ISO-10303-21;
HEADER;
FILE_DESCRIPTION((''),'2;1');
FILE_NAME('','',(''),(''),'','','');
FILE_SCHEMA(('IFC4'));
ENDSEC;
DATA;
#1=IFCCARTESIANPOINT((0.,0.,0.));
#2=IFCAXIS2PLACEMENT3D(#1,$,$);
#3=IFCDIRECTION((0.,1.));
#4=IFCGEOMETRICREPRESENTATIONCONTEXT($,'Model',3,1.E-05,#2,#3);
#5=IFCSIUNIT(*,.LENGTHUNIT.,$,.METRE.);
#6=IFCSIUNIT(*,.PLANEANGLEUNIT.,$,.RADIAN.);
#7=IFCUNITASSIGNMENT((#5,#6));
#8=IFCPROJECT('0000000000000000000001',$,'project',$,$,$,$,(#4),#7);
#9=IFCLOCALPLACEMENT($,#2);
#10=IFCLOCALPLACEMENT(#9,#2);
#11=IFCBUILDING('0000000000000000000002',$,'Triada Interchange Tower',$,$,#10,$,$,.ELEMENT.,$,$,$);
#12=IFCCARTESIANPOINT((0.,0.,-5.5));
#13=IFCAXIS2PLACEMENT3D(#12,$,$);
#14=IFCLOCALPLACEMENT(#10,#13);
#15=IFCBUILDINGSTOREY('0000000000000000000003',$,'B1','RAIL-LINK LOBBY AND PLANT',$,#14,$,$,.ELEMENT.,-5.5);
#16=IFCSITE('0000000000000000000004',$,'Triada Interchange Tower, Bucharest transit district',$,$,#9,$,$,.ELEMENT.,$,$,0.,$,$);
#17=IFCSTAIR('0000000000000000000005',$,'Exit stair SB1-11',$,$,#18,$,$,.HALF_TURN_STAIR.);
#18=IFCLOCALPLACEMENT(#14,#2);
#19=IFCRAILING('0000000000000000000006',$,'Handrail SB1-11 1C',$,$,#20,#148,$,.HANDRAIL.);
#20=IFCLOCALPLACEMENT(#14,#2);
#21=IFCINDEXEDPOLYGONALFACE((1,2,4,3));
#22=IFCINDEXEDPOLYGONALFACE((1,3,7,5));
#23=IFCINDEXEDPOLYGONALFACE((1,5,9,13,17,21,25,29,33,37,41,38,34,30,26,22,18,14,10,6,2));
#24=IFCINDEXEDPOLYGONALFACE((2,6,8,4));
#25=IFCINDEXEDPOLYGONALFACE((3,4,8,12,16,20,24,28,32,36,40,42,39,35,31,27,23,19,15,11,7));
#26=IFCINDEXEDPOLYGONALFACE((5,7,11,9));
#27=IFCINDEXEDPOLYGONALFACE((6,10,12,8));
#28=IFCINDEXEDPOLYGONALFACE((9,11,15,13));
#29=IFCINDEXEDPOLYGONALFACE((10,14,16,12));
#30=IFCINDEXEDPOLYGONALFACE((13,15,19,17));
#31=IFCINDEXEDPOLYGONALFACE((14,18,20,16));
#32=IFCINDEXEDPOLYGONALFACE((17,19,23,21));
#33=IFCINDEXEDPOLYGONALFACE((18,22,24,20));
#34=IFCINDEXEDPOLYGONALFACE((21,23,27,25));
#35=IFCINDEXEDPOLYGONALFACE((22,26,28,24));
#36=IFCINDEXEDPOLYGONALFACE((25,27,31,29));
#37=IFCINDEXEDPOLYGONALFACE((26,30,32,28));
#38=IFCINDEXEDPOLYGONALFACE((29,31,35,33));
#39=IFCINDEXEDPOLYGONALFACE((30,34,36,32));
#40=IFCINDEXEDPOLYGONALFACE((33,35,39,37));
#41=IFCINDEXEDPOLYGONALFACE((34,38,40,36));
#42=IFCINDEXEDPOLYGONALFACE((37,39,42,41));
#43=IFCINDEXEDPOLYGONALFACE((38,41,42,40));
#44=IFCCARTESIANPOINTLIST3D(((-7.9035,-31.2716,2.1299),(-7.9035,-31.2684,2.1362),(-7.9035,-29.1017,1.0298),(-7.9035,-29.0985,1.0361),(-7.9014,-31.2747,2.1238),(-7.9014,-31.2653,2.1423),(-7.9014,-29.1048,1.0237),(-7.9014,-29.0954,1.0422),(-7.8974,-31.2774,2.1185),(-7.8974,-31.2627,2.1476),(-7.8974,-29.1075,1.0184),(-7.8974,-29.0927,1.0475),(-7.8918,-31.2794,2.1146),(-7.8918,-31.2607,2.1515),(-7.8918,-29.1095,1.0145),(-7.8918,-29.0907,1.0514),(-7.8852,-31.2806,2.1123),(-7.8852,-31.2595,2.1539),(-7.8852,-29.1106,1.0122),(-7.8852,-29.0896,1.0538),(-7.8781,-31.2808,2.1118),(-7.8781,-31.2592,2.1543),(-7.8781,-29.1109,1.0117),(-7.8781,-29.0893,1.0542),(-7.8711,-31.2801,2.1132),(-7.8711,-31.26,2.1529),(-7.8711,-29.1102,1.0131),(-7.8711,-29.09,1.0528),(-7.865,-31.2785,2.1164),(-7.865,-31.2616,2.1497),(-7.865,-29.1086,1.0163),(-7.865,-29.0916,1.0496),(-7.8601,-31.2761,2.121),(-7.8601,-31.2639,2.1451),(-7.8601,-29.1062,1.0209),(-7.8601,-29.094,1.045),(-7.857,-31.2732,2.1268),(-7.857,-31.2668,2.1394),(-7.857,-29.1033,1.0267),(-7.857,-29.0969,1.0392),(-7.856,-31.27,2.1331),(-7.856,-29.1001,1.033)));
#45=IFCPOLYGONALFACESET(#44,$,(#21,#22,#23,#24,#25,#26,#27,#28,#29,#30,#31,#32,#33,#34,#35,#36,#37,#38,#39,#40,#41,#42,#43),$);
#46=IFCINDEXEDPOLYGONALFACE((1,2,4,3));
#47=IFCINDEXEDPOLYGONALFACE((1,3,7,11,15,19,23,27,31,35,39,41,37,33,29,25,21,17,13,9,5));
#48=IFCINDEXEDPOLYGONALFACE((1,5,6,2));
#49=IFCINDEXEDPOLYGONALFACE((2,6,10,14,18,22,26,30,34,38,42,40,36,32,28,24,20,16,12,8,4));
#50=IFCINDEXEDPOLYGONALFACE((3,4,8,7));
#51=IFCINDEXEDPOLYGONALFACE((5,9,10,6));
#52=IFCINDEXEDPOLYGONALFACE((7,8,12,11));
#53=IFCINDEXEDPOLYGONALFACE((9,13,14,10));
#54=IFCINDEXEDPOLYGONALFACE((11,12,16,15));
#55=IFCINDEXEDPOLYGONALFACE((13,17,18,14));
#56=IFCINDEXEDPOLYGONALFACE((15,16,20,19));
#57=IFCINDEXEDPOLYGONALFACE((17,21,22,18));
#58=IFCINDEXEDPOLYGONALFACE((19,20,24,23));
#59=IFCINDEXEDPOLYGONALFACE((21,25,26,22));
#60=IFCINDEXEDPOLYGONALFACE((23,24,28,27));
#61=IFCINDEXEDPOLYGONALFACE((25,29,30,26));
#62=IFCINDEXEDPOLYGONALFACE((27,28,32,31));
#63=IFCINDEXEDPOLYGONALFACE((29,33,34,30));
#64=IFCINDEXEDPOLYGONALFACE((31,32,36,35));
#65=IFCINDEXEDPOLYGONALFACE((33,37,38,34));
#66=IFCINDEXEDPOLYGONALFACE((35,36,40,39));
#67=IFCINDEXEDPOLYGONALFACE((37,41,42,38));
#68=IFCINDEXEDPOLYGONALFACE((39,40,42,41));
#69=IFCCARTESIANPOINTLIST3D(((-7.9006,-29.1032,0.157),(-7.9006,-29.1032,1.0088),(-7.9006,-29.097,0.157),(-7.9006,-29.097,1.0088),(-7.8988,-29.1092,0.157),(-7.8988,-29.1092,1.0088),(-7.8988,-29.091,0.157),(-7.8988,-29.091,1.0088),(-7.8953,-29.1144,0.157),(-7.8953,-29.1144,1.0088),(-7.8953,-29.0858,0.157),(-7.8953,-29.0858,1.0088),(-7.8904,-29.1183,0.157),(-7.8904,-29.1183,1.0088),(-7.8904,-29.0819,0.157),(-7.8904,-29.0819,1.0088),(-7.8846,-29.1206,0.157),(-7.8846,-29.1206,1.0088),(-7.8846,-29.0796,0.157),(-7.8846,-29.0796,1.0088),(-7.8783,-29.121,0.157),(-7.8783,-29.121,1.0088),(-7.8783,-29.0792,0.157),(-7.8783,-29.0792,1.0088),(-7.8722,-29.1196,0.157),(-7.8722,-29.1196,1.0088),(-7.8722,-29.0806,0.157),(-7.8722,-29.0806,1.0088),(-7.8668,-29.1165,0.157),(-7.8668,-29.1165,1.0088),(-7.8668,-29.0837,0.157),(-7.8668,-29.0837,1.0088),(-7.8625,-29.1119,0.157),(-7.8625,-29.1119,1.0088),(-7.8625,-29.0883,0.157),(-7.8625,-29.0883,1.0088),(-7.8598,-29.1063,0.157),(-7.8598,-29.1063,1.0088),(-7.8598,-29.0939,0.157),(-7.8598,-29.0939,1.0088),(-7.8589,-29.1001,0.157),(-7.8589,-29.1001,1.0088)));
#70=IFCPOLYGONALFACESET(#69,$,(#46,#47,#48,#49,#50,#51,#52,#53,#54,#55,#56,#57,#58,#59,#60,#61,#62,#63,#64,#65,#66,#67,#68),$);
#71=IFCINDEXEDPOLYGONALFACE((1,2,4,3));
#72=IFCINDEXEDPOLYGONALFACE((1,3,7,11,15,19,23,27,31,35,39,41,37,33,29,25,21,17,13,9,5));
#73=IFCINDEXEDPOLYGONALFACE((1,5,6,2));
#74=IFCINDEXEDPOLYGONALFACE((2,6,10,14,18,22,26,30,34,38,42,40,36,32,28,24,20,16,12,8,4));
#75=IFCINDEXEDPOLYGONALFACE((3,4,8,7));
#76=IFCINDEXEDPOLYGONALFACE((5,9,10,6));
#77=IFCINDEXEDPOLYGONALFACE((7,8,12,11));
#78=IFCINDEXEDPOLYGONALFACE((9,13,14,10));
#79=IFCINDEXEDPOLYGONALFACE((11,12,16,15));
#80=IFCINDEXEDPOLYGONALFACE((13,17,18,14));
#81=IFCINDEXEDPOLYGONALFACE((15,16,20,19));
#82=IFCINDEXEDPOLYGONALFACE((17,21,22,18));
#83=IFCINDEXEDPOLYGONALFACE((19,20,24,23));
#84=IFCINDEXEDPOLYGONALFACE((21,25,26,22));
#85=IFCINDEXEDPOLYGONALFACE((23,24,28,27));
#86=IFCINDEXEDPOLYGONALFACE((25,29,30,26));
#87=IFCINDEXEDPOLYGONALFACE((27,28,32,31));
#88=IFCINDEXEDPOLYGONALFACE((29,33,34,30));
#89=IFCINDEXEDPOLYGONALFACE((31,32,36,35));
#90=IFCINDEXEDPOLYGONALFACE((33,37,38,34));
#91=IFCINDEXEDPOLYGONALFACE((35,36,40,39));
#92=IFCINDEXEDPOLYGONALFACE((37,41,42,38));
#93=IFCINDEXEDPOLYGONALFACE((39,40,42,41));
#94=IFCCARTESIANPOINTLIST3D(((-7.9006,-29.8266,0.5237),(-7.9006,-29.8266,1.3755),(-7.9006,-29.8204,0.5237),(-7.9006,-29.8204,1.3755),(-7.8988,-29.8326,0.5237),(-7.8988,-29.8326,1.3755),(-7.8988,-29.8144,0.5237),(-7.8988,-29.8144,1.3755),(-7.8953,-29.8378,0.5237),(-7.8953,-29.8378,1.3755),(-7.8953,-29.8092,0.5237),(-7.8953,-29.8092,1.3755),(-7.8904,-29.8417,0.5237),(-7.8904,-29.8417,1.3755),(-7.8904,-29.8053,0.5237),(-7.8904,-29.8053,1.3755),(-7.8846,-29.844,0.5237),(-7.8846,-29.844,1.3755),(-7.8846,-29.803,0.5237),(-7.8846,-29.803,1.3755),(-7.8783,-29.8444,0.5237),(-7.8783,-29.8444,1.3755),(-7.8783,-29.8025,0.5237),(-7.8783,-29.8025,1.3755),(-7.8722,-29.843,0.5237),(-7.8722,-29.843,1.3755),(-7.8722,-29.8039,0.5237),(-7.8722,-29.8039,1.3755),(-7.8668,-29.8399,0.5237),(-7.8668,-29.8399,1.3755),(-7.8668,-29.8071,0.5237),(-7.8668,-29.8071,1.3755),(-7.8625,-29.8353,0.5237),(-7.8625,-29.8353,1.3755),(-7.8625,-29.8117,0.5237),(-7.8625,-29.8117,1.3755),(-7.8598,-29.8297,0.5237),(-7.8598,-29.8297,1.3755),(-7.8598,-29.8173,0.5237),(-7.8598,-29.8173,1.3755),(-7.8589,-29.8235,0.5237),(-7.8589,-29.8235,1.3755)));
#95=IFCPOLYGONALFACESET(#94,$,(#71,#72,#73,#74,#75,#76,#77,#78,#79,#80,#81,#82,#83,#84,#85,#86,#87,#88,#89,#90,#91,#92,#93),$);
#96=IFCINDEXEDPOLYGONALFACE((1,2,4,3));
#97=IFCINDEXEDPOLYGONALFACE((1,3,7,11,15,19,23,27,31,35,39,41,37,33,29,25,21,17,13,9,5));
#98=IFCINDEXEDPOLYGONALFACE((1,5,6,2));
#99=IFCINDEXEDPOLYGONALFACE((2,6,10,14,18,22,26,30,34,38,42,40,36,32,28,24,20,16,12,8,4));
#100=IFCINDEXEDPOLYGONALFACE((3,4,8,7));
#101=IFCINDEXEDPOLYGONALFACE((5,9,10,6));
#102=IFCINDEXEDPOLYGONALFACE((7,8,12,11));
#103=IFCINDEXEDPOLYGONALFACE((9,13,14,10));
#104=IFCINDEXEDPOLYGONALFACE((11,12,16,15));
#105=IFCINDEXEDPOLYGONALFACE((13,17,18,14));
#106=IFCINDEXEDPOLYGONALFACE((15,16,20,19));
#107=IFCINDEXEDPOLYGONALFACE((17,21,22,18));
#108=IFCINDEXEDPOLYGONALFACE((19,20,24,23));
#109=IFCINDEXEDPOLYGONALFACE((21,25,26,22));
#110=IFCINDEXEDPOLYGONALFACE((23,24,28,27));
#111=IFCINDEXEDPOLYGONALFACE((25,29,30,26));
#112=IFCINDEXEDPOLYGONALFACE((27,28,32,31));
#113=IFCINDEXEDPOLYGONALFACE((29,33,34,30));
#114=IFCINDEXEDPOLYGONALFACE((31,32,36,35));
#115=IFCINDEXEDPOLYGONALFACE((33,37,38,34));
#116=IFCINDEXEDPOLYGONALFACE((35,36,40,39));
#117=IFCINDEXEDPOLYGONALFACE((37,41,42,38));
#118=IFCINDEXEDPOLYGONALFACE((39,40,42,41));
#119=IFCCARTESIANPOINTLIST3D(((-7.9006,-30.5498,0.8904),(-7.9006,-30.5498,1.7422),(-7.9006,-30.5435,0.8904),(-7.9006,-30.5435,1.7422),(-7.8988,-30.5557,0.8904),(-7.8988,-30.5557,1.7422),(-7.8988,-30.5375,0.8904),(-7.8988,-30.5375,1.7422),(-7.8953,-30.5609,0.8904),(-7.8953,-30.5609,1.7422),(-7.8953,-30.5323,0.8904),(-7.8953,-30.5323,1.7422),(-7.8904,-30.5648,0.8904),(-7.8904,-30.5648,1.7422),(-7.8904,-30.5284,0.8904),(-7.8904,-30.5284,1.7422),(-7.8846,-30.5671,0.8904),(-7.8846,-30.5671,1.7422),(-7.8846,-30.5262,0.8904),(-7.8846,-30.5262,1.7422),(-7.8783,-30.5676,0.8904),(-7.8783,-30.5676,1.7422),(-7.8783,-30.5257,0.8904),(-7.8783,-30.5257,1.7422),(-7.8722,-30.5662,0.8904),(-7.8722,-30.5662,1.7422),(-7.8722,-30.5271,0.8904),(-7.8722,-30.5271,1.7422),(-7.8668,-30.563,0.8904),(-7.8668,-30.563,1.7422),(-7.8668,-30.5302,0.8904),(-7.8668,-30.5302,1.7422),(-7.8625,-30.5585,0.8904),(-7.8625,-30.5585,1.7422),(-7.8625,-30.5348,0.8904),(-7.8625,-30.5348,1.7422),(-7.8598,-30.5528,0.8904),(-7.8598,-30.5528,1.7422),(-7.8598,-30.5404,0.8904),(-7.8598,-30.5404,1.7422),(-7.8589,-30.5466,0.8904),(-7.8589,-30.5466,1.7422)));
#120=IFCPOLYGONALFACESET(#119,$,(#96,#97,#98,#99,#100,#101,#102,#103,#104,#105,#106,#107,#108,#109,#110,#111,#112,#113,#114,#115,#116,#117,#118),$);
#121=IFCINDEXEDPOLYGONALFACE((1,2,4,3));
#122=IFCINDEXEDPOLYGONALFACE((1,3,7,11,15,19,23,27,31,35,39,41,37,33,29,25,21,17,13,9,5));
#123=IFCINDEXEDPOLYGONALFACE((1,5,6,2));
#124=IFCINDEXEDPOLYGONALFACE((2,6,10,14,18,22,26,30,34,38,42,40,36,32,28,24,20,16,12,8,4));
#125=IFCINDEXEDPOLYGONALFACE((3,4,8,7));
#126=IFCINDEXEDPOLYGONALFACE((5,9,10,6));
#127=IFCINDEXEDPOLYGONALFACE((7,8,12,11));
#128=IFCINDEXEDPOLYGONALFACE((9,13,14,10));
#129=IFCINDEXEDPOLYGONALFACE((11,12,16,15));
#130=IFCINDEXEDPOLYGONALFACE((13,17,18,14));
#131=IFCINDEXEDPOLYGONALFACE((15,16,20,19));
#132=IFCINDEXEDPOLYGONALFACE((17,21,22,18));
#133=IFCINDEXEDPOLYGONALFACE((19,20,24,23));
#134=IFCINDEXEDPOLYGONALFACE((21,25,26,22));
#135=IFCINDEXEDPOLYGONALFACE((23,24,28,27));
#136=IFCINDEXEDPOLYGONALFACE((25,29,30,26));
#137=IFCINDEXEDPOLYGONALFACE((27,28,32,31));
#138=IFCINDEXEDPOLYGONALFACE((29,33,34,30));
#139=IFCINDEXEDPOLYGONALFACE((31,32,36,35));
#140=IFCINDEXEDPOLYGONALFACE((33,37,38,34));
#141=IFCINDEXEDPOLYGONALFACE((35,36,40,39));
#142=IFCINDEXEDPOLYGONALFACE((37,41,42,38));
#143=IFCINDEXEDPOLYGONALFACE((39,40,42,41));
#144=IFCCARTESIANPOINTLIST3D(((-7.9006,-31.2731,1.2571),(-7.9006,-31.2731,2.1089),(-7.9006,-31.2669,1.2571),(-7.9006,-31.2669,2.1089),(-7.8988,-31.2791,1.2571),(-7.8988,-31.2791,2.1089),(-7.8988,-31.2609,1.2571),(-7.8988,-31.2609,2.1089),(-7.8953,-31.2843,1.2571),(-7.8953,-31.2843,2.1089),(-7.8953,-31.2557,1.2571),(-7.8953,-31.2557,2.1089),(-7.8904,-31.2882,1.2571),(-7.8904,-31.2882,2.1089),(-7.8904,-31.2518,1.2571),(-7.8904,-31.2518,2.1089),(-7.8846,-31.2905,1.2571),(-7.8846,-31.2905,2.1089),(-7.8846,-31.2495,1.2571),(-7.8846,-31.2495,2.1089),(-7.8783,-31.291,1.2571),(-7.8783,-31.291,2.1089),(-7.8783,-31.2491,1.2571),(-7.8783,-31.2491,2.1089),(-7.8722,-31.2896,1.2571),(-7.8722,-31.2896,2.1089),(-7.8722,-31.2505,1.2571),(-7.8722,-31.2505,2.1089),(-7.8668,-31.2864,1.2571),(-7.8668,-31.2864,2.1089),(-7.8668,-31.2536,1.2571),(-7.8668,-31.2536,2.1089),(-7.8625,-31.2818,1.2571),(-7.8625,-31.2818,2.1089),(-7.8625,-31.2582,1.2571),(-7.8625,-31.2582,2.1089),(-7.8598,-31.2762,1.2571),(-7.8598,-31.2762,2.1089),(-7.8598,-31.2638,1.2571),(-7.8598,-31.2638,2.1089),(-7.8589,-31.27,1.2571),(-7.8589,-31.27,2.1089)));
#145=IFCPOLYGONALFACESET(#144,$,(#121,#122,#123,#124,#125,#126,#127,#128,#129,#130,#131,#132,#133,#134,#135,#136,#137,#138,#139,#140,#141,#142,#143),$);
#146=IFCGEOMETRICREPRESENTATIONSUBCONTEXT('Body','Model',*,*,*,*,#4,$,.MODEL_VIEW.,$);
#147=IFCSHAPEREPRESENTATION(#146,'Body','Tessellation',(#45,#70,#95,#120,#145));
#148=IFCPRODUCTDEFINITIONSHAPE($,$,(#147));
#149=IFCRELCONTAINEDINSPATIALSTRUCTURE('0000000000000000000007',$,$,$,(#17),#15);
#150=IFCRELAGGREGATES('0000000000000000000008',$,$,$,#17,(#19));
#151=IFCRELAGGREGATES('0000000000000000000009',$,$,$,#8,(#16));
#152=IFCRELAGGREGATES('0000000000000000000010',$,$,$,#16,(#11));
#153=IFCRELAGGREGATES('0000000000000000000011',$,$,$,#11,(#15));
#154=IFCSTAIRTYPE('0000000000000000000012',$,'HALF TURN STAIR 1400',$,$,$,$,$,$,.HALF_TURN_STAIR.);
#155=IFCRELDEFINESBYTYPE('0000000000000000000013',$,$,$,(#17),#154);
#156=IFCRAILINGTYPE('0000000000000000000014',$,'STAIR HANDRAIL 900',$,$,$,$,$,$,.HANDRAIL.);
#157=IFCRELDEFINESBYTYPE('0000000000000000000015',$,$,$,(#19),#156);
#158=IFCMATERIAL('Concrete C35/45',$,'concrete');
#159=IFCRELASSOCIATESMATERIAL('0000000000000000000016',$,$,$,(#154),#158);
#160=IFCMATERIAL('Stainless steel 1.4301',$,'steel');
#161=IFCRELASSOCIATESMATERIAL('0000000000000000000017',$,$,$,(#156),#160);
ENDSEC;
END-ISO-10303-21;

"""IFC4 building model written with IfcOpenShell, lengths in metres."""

from ifc_helpers import new_model, si_unit, direction, frame, origin, origin_2d, place, context, subcontext, project, spatial, circle, extrude, material, type_object, element, aggregate, save


model = new_model("IFC4")

# Units and contexts
model_context = context("Model", 3, precision=1e-05, world=origin(), true_north=direction((0.0, 1.0)))
body_context = subcontext(model_context, "Body", "Model", "MODEL_VIEW")
ifc_project = project(units=[si_unit("LENGTHUNIT", "METRE"), si_unit("PLANEANGLEUNIT", "RADIAN")], contexts=[model_context])

# Site, building, storey
site_placement = place(None, origin())
site = spatial("IfcSite", under=ifc_project, at=site_placement, Name="Triada Interchange Tower, Bucharest transit district", CompositionType="ELEMENT", RefElevation=0.0)
building_placement = place(site_placement, origin())
building = spatial("IfcBuilding", under=site, at=building_placement, Name="Triada Interchange Tower", CompositionType="ELEMENT")
storey_placement = place(building_placement, frame((0.0, 0.0, -5.5)))
storey = spatial("IfcBuildingStorey", under=building, at=storey_placement, Name="B1", Description="RAIL-LINK LOBBY AND PLANT", CompositionType="ELEMENT", Elevation=-5.5)

# Shared definitions
ifc_material_1 = material(Name="Concrete C35/45", Category="concrete")

# Stair, railing
stair_type = type_object("IfcStairType", Name="HALF TURN STAIR 1400", PredefinedType="HALF_TURN_STAIR", material=ifc_material_1)
stair_placement = place(storey_placement, origin())
stair = element("IfcStair", 1, at=stair_placement, inside=storey, type_object=stair_type, Name="Exit stair SB1-11", PredefinedType="HALF_TURN_STAIR")
ifc_material_2 = material(Name="Stainless steel 1.4301", Category="steel")
railing_type_1 = type_object("IfcRailingType", Name="STAIR HANDRAIL 900", PredefinedType="HANDRAIL", material=ifc_material_2)
railing_1_placement = place(storey_placement, frame((-7.8799, -29.1001, 0.157)))
railing_1 = element("IfcRailing", 2, at=railing_1_placement, type_object=railing_type_1, Name="Handrail SB1-11 1C", PredefinedType="HANDRAIL", context=body_context, shape_type="SweptSolid", body=[
    extrude(circle(Radius=0.0239, at=origin_2d()), frame((0.0, 0.0, 0.876), z_axis=(0.0, -0.891925, 0.452184), x_axis=(1.0, 0.0, 0.0)), (0.0, 0.0, 1.0), 2.4329),
    extrude(circle(Radius=0.021, at=origin_2d()), origin(), (0.0, 0.0, 1.0), 0.8518),
    extrude(circle(Radius=0.021, at=origin_2d()), frame((0.0, -0.7234, 0.3667)), (0.0, 0.0, 1.0), 0.8518),
    extrude(circle(Radius=0.021, at=origin_2d()), frame((0.0, -1.4465, 0.7334)), (0.0, 0.0, 1.0), 0.8518),
    extrude(circle(Radius=0.021, at=origin_2d()), frame((0.0, -2.1699, 1.1001)), (0.0, 0.0, 1.0), 0.8518),
])
aggregate(stair, [railing_1])

save(model, "model.ifc")
